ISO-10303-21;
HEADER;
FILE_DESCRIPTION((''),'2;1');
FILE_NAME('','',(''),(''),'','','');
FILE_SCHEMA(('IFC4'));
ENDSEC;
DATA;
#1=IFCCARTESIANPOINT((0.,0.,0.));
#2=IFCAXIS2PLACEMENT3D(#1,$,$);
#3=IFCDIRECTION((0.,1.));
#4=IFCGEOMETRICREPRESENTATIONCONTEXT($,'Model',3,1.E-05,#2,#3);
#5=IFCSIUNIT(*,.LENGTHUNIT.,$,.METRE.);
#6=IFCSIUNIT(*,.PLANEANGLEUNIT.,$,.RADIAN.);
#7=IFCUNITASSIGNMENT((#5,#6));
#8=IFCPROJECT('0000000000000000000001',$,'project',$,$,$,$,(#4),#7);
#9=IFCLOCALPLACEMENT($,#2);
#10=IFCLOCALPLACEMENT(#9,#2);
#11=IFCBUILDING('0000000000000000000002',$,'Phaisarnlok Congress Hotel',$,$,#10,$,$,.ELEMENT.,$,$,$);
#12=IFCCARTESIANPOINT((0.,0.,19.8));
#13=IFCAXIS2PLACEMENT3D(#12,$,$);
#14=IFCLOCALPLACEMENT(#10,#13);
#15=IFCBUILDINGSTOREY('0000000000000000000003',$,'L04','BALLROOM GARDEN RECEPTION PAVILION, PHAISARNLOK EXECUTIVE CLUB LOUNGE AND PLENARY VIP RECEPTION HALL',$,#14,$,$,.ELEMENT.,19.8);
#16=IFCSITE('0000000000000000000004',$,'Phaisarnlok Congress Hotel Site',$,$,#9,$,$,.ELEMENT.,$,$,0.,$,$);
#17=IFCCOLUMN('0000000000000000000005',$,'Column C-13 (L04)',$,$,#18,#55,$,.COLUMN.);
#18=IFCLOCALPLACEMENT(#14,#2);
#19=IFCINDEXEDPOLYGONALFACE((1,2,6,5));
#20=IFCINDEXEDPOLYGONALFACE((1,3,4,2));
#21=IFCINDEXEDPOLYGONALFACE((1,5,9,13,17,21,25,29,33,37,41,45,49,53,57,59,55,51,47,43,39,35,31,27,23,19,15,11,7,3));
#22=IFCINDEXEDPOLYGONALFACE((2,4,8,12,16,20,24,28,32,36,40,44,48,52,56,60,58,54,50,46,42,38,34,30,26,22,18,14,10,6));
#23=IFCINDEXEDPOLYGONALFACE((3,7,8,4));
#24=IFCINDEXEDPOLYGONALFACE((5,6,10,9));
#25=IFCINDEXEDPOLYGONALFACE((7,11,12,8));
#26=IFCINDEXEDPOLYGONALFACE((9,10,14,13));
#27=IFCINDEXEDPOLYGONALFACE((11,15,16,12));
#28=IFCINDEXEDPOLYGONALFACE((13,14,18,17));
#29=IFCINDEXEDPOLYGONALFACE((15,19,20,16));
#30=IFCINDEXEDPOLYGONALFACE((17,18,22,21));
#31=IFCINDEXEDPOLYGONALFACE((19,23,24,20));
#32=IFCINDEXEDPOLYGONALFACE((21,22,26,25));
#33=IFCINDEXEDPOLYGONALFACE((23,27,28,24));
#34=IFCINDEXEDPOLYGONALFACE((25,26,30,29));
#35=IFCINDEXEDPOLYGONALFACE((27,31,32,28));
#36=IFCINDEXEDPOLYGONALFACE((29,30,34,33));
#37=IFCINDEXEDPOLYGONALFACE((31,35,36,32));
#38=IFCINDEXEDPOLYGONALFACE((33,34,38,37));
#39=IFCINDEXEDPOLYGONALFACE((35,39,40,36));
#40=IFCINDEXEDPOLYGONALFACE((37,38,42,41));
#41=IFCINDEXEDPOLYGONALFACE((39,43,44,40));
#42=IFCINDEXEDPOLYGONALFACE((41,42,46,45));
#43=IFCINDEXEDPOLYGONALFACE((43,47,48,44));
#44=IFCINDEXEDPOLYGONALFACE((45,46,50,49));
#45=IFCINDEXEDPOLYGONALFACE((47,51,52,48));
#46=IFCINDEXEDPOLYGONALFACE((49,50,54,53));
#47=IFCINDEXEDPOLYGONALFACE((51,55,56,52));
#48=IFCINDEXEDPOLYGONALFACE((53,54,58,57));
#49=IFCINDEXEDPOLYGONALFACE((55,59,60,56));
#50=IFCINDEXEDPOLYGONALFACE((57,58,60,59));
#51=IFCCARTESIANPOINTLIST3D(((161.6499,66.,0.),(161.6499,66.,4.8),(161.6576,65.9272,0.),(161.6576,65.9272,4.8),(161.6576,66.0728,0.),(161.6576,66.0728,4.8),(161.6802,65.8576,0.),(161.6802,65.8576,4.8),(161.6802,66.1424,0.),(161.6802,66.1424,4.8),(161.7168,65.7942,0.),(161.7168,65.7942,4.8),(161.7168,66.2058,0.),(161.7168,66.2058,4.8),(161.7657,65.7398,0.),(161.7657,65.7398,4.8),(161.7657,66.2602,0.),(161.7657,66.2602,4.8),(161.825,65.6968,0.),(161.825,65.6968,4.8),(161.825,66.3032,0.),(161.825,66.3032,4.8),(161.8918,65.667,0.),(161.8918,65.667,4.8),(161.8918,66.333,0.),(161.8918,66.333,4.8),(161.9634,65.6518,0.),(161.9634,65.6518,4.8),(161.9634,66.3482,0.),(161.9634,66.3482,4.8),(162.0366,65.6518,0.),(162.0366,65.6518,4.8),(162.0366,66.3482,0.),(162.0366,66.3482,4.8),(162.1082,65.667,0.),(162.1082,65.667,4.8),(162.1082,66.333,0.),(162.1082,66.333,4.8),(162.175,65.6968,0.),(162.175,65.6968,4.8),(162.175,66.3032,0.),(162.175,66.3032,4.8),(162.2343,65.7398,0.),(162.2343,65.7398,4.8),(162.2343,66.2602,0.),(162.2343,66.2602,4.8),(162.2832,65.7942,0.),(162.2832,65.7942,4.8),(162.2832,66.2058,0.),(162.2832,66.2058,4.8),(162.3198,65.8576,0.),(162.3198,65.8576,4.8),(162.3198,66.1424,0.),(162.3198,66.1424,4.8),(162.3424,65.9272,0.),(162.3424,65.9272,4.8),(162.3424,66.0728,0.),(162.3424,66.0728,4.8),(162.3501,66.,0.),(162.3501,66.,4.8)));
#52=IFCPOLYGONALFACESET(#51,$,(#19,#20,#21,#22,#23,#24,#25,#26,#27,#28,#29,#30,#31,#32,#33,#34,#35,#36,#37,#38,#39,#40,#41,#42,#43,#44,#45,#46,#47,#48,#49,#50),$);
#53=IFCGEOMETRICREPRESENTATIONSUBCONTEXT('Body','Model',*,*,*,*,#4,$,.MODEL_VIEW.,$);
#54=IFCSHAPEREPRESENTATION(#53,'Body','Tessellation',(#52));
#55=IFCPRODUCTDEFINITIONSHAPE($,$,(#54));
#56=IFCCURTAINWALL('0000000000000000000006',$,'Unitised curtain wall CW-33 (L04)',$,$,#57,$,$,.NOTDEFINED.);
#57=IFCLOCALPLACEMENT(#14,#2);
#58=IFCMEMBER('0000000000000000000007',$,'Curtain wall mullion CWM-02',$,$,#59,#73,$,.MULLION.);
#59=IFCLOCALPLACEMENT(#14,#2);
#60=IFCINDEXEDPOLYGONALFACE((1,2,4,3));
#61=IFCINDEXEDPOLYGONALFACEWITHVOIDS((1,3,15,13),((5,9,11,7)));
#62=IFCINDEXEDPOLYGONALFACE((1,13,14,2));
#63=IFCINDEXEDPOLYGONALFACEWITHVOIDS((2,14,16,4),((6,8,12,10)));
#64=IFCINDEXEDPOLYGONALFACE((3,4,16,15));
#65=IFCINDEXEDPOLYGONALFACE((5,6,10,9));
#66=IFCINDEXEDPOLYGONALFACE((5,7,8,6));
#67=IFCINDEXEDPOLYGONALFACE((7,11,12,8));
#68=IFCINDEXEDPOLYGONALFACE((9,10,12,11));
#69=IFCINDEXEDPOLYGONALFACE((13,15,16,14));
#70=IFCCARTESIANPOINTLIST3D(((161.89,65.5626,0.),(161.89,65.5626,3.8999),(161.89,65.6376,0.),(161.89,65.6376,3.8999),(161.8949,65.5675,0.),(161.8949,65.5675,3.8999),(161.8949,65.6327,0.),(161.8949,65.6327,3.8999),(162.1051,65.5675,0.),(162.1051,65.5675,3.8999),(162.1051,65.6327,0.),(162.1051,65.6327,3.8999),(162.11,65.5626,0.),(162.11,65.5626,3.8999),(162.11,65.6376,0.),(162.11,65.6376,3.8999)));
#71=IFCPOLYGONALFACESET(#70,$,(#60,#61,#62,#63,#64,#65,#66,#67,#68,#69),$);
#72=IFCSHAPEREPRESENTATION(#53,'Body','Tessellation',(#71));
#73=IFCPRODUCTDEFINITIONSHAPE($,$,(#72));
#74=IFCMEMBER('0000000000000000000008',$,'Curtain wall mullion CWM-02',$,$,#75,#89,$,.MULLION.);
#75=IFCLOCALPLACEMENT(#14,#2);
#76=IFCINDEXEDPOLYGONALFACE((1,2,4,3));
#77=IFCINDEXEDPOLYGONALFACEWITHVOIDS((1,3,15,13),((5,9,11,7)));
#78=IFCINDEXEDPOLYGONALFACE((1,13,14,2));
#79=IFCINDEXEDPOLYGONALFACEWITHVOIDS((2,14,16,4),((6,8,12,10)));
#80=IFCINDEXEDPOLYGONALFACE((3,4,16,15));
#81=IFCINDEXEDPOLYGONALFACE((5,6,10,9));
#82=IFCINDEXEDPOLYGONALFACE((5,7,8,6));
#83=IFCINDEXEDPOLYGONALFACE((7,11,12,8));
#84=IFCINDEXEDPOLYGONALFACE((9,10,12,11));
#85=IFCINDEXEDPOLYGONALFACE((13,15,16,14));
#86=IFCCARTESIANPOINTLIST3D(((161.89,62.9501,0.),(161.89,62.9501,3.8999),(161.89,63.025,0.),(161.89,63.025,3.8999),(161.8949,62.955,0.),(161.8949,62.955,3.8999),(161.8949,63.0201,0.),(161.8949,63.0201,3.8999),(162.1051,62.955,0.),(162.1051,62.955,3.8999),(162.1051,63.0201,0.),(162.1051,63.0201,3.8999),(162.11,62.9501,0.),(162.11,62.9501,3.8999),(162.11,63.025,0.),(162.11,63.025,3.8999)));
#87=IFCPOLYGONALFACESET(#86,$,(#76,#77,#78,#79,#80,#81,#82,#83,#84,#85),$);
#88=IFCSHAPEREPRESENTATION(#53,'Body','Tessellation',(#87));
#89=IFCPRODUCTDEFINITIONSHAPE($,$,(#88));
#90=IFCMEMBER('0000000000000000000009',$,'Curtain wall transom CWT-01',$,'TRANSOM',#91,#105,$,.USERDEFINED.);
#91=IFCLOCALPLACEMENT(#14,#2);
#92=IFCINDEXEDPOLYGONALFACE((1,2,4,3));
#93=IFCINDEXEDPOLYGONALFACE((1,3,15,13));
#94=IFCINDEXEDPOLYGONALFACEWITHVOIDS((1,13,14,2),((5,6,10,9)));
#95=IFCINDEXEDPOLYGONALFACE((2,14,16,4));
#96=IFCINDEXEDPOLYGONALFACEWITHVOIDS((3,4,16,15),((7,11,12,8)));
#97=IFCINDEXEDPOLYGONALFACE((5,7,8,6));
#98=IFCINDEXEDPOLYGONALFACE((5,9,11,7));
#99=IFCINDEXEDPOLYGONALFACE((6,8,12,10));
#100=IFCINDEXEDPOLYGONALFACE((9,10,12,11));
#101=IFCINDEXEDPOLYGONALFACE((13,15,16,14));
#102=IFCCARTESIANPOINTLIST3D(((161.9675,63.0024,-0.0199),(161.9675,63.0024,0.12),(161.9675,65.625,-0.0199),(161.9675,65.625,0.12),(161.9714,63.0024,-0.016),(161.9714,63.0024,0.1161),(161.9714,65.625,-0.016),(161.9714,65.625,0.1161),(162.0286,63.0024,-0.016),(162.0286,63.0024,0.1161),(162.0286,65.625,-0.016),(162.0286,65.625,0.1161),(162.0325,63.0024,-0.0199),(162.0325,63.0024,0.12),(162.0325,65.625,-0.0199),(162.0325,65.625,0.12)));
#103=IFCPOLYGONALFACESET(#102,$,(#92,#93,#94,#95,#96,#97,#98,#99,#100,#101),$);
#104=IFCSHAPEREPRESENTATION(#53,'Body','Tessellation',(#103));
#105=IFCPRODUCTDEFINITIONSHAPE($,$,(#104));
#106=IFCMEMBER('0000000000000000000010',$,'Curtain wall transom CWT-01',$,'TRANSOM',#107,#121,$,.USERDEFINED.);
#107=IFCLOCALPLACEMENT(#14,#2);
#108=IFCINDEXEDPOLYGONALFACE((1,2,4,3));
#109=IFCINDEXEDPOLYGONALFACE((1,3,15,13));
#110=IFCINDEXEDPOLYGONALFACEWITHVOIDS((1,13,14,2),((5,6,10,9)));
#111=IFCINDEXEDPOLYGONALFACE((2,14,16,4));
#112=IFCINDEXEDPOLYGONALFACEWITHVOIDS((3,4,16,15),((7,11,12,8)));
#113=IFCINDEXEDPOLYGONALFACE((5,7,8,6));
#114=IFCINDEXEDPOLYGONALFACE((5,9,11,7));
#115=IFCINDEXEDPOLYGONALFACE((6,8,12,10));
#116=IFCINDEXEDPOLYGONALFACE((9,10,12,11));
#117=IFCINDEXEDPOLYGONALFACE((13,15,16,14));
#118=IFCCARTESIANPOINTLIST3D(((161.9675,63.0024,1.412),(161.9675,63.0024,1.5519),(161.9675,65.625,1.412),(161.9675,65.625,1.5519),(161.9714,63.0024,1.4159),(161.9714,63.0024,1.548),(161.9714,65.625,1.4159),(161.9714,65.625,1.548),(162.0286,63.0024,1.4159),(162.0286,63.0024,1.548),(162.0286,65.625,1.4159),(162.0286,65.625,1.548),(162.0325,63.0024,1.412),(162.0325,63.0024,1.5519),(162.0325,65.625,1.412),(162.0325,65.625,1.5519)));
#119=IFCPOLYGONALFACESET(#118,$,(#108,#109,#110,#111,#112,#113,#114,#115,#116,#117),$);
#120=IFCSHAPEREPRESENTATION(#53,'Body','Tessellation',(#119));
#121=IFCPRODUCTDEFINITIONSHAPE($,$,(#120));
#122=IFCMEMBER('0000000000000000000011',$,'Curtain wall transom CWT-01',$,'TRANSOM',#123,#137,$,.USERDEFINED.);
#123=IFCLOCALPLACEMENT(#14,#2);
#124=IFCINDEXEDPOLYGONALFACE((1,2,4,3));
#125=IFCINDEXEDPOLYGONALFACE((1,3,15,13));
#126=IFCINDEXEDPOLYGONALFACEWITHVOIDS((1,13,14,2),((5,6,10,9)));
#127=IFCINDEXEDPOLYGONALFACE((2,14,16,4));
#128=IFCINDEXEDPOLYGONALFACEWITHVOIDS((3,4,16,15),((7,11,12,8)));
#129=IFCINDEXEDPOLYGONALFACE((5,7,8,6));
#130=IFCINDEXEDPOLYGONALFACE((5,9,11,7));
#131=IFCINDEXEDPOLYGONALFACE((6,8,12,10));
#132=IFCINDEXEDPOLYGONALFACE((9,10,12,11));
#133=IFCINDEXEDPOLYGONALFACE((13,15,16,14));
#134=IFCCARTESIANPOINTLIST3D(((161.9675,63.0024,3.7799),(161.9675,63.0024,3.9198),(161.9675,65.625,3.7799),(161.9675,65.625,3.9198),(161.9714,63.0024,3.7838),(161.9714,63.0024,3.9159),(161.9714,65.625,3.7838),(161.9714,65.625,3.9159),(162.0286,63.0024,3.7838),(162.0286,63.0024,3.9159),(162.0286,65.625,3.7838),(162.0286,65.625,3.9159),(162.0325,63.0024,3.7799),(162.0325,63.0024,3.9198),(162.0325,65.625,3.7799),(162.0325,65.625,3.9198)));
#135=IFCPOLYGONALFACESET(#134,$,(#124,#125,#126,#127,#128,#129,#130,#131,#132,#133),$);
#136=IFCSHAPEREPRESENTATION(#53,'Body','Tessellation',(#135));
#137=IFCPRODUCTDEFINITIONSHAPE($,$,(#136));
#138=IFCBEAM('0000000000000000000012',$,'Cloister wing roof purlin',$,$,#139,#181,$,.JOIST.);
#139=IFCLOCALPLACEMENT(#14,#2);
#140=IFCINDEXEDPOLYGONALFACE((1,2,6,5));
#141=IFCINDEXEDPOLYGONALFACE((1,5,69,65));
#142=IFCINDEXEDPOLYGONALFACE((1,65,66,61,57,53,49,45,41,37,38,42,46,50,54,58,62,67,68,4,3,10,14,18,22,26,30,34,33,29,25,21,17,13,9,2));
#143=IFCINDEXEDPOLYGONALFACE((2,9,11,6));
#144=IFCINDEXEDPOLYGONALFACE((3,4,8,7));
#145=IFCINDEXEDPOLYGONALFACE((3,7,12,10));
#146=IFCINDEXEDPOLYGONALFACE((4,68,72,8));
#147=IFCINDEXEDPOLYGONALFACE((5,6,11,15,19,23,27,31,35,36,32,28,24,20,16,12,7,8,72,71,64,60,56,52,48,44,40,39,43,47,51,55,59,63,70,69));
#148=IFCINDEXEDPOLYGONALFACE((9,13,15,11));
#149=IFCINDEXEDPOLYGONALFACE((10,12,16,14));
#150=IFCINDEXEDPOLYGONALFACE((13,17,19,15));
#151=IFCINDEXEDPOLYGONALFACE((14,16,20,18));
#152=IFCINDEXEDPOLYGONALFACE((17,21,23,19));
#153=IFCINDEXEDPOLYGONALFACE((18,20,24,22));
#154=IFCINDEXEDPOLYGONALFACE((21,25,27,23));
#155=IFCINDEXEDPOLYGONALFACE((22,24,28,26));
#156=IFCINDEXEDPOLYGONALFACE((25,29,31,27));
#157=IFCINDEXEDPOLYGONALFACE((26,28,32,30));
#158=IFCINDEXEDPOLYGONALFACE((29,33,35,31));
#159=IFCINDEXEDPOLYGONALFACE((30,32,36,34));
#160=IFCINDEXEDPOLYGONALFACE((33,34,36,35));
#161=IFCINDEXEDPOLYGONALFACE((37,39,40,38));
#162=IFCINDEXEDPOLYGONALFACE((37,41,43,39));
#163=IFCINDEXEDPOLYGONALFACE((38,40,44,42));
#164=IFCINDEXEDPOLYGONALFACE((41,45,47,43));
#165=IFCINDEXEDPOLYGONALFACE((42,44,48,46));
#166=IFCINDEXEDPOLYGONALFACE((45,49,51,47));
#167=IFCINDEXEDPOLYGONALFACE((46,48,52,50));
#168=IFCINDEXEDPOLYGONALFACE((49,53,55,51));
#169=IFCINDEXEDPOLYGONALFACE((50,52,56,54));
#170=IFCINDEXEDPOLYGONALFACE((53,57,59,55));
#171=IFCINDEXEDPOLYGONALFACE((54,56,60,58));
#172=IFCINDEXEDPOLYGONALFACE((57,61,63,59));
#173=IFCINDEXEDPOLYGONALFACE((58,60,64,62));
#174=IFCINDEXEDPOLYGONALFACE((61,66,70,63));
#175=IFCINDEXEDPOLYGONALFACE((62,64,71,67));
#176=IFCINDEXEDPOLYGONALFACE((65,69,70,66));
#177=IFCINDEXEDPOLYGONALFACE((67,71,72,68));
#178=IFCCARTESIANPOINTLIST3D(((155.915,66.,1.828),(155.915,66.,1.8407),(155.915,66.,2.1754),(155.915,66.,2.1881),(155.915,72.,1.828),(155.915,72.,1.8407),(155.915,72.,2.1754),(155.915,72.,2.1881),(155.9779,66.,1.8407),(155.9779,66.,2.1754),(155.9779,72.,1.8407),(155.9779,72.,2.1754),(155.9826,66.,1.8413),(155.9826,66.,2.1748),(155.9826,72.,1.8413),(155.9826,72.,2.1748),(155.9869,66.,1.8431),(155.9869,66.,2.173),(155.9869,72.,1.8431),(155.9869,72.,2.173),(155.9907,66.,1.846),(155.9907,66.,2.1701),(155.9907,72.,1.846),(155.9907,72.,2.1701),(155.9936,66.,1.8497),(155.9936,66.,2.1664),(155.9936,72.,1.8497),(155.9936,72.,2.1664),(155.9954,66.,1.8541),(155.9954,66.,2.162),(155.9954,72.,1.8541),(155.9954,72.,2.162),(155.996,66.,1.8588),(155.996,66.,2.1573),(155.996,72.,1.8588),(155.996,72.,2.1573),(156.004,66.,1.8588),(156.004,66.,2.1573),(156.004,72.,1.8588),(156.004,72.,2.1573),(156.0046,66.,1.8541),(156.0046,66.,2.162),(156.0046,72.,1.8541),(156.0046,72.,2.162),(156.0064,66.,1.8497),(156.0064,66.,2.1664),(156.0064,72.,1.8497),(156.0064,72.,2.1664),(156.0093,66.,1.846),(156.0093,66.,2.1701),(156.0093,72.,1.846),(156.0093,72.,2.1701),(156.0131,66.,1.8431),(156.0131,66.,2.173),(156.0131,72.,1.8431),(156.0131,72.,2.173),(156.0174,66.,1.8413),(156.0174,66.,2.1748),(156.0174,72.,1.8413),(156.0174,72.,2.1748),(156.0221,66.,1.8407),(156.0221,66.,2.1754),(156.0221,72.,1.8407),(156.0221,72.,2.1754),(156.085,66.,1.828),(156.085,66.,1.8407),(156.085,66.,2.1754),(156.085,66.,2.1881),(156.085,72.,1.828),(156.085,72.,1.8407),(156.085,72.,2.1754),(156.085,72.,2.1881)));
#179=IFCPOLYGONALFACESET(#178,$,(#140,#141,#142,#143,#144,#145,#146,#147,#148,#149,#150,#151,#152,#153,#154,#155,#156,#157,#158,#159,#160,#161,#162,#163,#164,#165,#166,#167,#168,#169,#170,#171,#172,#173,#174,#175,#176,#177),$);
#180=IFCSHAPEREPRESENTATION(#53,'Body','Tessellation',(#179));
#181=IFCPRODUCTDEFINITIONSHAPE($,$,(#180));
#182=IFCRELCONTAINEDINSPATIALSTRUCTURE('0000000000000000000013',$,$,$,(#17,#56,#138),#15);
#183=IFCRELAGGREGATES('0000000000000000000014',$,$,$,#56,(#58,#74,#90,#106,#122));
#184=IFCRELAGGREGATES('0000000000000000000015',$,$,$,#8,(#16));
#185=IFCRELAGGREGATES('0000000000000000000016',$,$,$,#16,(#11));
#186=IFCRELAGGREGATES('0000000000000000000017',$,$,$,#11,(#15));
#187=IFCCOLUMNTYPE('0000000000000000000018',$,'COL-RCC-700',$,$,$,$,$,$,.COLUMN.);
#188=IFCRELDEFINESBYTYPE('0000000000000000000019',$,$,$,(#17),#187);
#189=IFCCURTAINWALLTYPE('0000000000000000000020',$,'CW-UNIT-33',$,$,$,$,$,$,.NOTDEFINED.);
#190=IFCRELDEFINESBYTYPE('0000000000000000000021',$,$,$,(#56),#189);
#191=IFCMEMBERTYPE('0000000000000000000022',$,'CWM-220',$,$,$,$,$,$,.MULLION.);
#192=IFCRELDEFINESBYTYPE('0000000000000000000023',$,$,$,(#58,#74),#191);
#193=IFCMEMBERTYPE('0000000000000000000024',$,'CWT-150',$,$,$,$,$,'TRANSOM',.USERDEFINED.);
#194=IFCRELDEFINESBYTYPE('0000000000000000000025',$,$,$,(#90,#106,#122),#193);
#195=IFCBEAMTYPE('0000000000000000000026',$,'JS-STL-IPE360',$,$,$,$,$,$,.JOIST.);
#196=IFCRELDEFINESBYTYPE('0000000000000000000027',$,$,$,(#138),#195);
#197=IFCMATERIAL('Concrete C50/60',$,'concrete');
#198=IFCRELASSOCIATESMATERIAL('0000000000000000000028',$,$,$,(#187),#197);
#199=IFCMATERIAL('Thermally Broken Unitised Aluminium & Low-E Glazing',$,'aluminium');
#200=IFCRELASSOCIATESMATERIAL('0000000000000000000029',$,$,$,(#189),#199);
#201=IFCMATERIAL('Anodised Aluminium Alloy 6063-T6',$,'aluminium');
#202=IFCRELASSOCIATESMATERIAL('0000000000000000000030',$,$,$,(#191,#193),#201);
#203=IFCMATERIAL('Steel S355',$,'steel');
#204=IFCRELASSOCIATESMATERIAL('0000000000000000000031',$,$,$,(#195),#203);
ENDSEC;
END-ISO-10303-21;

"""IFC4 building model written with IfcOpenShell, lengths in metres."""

from ifc_helpers import new_model, si_unit, direction, frame, origin, origin_2d, place, context, subcontext, project, spatial, hollow_rectangle, circle, i_section, extrude, material, material_profile, profile_set, type_object, element, aggregate, save


model = new_model("IFC4")

# Units and contexts
model_context = context("Model", 3, precision=1e-05, world=origin(), true_north=direction((0.0, 1.0)))
body_context = subcontext(model_context, "Body", "Model", "MODEL_VIEW")
ifc_project = project(units=[si_unit("LENGTHUNIT", "METRE"), si_unit("PLANEANGLEUNIT", "RADIAN")], contexts=[model_context])

# Site, building, storey
site_placement = place(None, origin())
site = spatial("IfcSite", under=ifc_project, at=site_placement, Name="Phaisarnlok Congress Hotel Site", CompositionType="ELEMENT", RefElevation=0.0)
building_placement = place(site_placement, origin())
building = spatial("IfcBuilding", under=site, at=building_placement, Name="Phaisarnlok Congress Hotel", CompositionType="ELEMENT")
storey_placement = place(building_placement, frame((0.0, 0.0, 19.8)))
storey = spatial("IfcBuildingStorey", under=building, at=storey_placement, Name="L04", Description="BALLROOM GARDEN RECEPTION PAVILION, PHAISARNLOK EXECUTIVE CLUB LOUNGE AND PLENARY VIP RECEPTION HALL", CompositionType="ELEMENT", Elevation=19.8)

# Column
ifc_material_1 = material(Name="Concrete C50/60", Category="concrete")
ifc_material_profile_1 = material_profile(ifc_material_1, circle(Radius=0.3501, at=origin_2d()), Name="RCC D700")
ifc_profile_set_1 = profile_set([ifc_material_profile_1], Name="Concrete C50/60")
column_type = type_object("IfcColumnType", Name="COL-RCC-700", PredefinedType="COLUMN", material=ifc_profile_set_1)
column_placement = place(storey_placement, frame((162.0, 66.0, 0.0), z_axis=(0.0, 0.0, 1.0), x_axis=(1.0, 0.0, 0.0)))
element("IfcColumn", 1, at=column_placement, inside=storey, type_object=column_type, Name="Column C-13 (L04)", PredefinedType="COLUMN", context=body_context, shape_type="SweptSolid", body=[
    extrude(circle(Radius=0.3501, at=origin_2d()), origin(), (0.0, 0.0, 1.0), 4.8),
])

# Curtain wall, members
ifc_material_2 = material(Name="Thermally Broken Unitised Aluminium & Low-E Glazing", Category="aluminium")
curtain_wall_type = type_object("IfcCurtainWallType", Name="CW-UNIT-33", PredefinedType="NOTDEFINED", material=ifc_material_2)
curtain_wall_placement = place(storey_placement, origin())
curtain_wall = element("IfcCurtainWall", 2, at=curtain_wall_placement, inside=storey, type_object=curtain_wall_type, Name="Unitised curtain wall CW-33 (L04)", PredefinedType="NOTDEFINED")
ifc_material_3 = material(Name="Anodised Aluminium Alloy 6063-T6", Category="aluminium")
ifc_material_profile_2 = material_profile(ifc_material_3, hollow_rectangle(XDim=0.075, YDim=0.22, WallThickness=0.0049, at=origin_2d()), Name="ALU-M 75x220x5")
ifc_profile_set_2 = profile_set([ifc_material_profile_2], Name="Anodised Aluminium Alloy 6063-T6")
member_type_1 = type_object("IfcMemberType", Name="CWM-220", PredefinedType="MULLION", material=ifc_profile_set_2)
member_1_placement = place(storey_placement, frame((162.0, 65.6001, 0.0), z_axis=(0.0, 0.0, 1.0), x_axis=(0.0, -1.0, 0.0)))
member_1 = element("IfcMember", 3, at=member_1_placement, type_object=member_type_1, Name="Curtain wall mullion CWM-02", PredefinedType="MULLION", context=body_context, shape_type="SweptSolid", body=[
    extrude(hollow_rectangle(XDim=0.075, YDim=0.22, WallThickness=0.0049, at=origin_2d()), origin(), (0.0, 0.0, 1.0), 3.8999),
])
member_2_placement = place(storey_placement, frame((162.0, 62.9875, 0.0), z_axis=(0.0, 0.0, 1.0), x_axis=(0.0, -1.0, 0.0)))
member_2 = element("IfcMember", 4, at=member_2_placement, type_object=member_type_1, Name="Curtain wall mullion CWM-02", PredefinedType="MULLION", context=body_context, shape_type="SweptSolid", body=[
    extrude(hollow_rectangle(XDim=0.075, YDim=0.22, WallThickness=0.0049, at=origin_2d()), origin(), (0.0, 0.0, 1.0), 3.8999),
])
ifc_material_profile_3 = material_profile(ifc_material_3, hollow_rectangle(XDim=0.0649, YDim=0.1399, WallThickness=0.0039, at=origin_2d()), Name="ALU-T 65x140x4")
ifc_profile_set_3 = profile_set([ifc_material_profile_3], Name="Anodised Aluminium Alloy 6063-T6")
member_type_2 = type_object("IfcMemberType", Name="CWT-150", ElementType="TRANSOM", PredefinedType="USERDEFINED", material=ifc_profile_set_3)
member_3_placement = place(storey_placement, frame((162.0, 65.625, 0.05), z_axis=(0.0, -1.0, 0.0), x_axis=(1.0, 0.0, 0.0)))
member_3 = element("IfcMember", 5, at=member_3_placement, type_object=member_type_2, Name="Curtain wall transom CWT-01", ObjectType="TRANSOM", PredefinedType="USERDEFINED", context=body_context, shape_type="SweptSolid", body=[
    extrude(hollow_rectangle(XDim=0.0649, YDim=0.1399, WallThickness=0.0039, at=origin_2d()), origin(), (0.0, 0.0, 1.0), 2.6226),
])
member_4_placement = place(storey_placement, frame((162.0, 65.625, 1.4819), z_axis=(0.0, -1.0, 0.0), x_axis=(1.0, 0.0, 0.0)))
member_4 = element("IfcMember", 6, at=member_4_placement, type_object=member_type_2, Name="Curtain wall transom CWT-01", ObjectType="TRANSOM", PredefinedType="USERDEFINED", context=body_context, shape_type="SweptSolid", body=[
    extrude(hollow_rectangle(XDim=0.0649, YDim=0.1399, WallThickness=0.0039, at=origin_2d()), origin(), (0.0, 0.0, 1.0), 2.6226),
])
member_5_placement = place(storey_placement, frame((162.0, 65.625, 3.8499), z_axis=(0.0, -1.0, 0.0), x_axis=(1.0, 0.0, 0.0)))
member_5 = element("IfcMember", 7, at=member_5_placement, type_object=member_type_2, Name="Curtain wall transom CWT-01", ObjectType="TRANSOM", PredefinedType="USERDEFINED", context=body_context, shape_type="SweptSolid", body=[
    extrude(hollow_rectangle(XDim=0.0649, YDim=0.1399, WallThickness=0.0039, at=origin_2d()), origin(), (0.0, 0.0, 1.0), 2.6226),
])

# Beam
ifc_material_4 = material(Name="Steel S355", Category="steel")
ifc_material_profile_4 = material_profile(ifc_material_4, i_section(OverallWidth=0.1699, OverallDepth=0.3601, WebThickness=0.0081, FlangeThickness=0.0127, FilletRadius=0.0181, at=origin_2d()), Name="IPE 360")
ifc_profile_set_4 = profile_set([ifc_material_profile_4], Name="Steel S355")
beam_type_1 = type_object("IfcBeamType", Name="JS-STL-IPE360", PredefinedType="JOIST", material=ifc_profile_set_4)
for number, where, z_axis, x_axis, name in (
    (8, (156.0, 66.0, 2.0081), (0.0, 1.0, 0.0), (-1.0, 0.0, 0.0), "Cloister wing roof purlin"),
):
    element("IfcBeam", number, at=place(storey_placement, frame(where, z_axis=z_axis, x_axis=x_axis)), inside=storey, type_object=beam_type_1, Name=name, PredefinedType="JOIST", context=body_context, shape_type="SweptSolid", body=[
        extrude(i_section(OverallWidth=0.1699, OverallDepth=0.3601, WebThickness=0.0081, FlangeThickness=0.0127, FilletRadius=0.0181, at=origin_2d()), origin(), (0.0, 0.0, 1.0), 6.0),
    ])

aggregate(curtain_wall, [member_1, member_2, member_3, member_4, member_5])

save(model, "model.ifc")
